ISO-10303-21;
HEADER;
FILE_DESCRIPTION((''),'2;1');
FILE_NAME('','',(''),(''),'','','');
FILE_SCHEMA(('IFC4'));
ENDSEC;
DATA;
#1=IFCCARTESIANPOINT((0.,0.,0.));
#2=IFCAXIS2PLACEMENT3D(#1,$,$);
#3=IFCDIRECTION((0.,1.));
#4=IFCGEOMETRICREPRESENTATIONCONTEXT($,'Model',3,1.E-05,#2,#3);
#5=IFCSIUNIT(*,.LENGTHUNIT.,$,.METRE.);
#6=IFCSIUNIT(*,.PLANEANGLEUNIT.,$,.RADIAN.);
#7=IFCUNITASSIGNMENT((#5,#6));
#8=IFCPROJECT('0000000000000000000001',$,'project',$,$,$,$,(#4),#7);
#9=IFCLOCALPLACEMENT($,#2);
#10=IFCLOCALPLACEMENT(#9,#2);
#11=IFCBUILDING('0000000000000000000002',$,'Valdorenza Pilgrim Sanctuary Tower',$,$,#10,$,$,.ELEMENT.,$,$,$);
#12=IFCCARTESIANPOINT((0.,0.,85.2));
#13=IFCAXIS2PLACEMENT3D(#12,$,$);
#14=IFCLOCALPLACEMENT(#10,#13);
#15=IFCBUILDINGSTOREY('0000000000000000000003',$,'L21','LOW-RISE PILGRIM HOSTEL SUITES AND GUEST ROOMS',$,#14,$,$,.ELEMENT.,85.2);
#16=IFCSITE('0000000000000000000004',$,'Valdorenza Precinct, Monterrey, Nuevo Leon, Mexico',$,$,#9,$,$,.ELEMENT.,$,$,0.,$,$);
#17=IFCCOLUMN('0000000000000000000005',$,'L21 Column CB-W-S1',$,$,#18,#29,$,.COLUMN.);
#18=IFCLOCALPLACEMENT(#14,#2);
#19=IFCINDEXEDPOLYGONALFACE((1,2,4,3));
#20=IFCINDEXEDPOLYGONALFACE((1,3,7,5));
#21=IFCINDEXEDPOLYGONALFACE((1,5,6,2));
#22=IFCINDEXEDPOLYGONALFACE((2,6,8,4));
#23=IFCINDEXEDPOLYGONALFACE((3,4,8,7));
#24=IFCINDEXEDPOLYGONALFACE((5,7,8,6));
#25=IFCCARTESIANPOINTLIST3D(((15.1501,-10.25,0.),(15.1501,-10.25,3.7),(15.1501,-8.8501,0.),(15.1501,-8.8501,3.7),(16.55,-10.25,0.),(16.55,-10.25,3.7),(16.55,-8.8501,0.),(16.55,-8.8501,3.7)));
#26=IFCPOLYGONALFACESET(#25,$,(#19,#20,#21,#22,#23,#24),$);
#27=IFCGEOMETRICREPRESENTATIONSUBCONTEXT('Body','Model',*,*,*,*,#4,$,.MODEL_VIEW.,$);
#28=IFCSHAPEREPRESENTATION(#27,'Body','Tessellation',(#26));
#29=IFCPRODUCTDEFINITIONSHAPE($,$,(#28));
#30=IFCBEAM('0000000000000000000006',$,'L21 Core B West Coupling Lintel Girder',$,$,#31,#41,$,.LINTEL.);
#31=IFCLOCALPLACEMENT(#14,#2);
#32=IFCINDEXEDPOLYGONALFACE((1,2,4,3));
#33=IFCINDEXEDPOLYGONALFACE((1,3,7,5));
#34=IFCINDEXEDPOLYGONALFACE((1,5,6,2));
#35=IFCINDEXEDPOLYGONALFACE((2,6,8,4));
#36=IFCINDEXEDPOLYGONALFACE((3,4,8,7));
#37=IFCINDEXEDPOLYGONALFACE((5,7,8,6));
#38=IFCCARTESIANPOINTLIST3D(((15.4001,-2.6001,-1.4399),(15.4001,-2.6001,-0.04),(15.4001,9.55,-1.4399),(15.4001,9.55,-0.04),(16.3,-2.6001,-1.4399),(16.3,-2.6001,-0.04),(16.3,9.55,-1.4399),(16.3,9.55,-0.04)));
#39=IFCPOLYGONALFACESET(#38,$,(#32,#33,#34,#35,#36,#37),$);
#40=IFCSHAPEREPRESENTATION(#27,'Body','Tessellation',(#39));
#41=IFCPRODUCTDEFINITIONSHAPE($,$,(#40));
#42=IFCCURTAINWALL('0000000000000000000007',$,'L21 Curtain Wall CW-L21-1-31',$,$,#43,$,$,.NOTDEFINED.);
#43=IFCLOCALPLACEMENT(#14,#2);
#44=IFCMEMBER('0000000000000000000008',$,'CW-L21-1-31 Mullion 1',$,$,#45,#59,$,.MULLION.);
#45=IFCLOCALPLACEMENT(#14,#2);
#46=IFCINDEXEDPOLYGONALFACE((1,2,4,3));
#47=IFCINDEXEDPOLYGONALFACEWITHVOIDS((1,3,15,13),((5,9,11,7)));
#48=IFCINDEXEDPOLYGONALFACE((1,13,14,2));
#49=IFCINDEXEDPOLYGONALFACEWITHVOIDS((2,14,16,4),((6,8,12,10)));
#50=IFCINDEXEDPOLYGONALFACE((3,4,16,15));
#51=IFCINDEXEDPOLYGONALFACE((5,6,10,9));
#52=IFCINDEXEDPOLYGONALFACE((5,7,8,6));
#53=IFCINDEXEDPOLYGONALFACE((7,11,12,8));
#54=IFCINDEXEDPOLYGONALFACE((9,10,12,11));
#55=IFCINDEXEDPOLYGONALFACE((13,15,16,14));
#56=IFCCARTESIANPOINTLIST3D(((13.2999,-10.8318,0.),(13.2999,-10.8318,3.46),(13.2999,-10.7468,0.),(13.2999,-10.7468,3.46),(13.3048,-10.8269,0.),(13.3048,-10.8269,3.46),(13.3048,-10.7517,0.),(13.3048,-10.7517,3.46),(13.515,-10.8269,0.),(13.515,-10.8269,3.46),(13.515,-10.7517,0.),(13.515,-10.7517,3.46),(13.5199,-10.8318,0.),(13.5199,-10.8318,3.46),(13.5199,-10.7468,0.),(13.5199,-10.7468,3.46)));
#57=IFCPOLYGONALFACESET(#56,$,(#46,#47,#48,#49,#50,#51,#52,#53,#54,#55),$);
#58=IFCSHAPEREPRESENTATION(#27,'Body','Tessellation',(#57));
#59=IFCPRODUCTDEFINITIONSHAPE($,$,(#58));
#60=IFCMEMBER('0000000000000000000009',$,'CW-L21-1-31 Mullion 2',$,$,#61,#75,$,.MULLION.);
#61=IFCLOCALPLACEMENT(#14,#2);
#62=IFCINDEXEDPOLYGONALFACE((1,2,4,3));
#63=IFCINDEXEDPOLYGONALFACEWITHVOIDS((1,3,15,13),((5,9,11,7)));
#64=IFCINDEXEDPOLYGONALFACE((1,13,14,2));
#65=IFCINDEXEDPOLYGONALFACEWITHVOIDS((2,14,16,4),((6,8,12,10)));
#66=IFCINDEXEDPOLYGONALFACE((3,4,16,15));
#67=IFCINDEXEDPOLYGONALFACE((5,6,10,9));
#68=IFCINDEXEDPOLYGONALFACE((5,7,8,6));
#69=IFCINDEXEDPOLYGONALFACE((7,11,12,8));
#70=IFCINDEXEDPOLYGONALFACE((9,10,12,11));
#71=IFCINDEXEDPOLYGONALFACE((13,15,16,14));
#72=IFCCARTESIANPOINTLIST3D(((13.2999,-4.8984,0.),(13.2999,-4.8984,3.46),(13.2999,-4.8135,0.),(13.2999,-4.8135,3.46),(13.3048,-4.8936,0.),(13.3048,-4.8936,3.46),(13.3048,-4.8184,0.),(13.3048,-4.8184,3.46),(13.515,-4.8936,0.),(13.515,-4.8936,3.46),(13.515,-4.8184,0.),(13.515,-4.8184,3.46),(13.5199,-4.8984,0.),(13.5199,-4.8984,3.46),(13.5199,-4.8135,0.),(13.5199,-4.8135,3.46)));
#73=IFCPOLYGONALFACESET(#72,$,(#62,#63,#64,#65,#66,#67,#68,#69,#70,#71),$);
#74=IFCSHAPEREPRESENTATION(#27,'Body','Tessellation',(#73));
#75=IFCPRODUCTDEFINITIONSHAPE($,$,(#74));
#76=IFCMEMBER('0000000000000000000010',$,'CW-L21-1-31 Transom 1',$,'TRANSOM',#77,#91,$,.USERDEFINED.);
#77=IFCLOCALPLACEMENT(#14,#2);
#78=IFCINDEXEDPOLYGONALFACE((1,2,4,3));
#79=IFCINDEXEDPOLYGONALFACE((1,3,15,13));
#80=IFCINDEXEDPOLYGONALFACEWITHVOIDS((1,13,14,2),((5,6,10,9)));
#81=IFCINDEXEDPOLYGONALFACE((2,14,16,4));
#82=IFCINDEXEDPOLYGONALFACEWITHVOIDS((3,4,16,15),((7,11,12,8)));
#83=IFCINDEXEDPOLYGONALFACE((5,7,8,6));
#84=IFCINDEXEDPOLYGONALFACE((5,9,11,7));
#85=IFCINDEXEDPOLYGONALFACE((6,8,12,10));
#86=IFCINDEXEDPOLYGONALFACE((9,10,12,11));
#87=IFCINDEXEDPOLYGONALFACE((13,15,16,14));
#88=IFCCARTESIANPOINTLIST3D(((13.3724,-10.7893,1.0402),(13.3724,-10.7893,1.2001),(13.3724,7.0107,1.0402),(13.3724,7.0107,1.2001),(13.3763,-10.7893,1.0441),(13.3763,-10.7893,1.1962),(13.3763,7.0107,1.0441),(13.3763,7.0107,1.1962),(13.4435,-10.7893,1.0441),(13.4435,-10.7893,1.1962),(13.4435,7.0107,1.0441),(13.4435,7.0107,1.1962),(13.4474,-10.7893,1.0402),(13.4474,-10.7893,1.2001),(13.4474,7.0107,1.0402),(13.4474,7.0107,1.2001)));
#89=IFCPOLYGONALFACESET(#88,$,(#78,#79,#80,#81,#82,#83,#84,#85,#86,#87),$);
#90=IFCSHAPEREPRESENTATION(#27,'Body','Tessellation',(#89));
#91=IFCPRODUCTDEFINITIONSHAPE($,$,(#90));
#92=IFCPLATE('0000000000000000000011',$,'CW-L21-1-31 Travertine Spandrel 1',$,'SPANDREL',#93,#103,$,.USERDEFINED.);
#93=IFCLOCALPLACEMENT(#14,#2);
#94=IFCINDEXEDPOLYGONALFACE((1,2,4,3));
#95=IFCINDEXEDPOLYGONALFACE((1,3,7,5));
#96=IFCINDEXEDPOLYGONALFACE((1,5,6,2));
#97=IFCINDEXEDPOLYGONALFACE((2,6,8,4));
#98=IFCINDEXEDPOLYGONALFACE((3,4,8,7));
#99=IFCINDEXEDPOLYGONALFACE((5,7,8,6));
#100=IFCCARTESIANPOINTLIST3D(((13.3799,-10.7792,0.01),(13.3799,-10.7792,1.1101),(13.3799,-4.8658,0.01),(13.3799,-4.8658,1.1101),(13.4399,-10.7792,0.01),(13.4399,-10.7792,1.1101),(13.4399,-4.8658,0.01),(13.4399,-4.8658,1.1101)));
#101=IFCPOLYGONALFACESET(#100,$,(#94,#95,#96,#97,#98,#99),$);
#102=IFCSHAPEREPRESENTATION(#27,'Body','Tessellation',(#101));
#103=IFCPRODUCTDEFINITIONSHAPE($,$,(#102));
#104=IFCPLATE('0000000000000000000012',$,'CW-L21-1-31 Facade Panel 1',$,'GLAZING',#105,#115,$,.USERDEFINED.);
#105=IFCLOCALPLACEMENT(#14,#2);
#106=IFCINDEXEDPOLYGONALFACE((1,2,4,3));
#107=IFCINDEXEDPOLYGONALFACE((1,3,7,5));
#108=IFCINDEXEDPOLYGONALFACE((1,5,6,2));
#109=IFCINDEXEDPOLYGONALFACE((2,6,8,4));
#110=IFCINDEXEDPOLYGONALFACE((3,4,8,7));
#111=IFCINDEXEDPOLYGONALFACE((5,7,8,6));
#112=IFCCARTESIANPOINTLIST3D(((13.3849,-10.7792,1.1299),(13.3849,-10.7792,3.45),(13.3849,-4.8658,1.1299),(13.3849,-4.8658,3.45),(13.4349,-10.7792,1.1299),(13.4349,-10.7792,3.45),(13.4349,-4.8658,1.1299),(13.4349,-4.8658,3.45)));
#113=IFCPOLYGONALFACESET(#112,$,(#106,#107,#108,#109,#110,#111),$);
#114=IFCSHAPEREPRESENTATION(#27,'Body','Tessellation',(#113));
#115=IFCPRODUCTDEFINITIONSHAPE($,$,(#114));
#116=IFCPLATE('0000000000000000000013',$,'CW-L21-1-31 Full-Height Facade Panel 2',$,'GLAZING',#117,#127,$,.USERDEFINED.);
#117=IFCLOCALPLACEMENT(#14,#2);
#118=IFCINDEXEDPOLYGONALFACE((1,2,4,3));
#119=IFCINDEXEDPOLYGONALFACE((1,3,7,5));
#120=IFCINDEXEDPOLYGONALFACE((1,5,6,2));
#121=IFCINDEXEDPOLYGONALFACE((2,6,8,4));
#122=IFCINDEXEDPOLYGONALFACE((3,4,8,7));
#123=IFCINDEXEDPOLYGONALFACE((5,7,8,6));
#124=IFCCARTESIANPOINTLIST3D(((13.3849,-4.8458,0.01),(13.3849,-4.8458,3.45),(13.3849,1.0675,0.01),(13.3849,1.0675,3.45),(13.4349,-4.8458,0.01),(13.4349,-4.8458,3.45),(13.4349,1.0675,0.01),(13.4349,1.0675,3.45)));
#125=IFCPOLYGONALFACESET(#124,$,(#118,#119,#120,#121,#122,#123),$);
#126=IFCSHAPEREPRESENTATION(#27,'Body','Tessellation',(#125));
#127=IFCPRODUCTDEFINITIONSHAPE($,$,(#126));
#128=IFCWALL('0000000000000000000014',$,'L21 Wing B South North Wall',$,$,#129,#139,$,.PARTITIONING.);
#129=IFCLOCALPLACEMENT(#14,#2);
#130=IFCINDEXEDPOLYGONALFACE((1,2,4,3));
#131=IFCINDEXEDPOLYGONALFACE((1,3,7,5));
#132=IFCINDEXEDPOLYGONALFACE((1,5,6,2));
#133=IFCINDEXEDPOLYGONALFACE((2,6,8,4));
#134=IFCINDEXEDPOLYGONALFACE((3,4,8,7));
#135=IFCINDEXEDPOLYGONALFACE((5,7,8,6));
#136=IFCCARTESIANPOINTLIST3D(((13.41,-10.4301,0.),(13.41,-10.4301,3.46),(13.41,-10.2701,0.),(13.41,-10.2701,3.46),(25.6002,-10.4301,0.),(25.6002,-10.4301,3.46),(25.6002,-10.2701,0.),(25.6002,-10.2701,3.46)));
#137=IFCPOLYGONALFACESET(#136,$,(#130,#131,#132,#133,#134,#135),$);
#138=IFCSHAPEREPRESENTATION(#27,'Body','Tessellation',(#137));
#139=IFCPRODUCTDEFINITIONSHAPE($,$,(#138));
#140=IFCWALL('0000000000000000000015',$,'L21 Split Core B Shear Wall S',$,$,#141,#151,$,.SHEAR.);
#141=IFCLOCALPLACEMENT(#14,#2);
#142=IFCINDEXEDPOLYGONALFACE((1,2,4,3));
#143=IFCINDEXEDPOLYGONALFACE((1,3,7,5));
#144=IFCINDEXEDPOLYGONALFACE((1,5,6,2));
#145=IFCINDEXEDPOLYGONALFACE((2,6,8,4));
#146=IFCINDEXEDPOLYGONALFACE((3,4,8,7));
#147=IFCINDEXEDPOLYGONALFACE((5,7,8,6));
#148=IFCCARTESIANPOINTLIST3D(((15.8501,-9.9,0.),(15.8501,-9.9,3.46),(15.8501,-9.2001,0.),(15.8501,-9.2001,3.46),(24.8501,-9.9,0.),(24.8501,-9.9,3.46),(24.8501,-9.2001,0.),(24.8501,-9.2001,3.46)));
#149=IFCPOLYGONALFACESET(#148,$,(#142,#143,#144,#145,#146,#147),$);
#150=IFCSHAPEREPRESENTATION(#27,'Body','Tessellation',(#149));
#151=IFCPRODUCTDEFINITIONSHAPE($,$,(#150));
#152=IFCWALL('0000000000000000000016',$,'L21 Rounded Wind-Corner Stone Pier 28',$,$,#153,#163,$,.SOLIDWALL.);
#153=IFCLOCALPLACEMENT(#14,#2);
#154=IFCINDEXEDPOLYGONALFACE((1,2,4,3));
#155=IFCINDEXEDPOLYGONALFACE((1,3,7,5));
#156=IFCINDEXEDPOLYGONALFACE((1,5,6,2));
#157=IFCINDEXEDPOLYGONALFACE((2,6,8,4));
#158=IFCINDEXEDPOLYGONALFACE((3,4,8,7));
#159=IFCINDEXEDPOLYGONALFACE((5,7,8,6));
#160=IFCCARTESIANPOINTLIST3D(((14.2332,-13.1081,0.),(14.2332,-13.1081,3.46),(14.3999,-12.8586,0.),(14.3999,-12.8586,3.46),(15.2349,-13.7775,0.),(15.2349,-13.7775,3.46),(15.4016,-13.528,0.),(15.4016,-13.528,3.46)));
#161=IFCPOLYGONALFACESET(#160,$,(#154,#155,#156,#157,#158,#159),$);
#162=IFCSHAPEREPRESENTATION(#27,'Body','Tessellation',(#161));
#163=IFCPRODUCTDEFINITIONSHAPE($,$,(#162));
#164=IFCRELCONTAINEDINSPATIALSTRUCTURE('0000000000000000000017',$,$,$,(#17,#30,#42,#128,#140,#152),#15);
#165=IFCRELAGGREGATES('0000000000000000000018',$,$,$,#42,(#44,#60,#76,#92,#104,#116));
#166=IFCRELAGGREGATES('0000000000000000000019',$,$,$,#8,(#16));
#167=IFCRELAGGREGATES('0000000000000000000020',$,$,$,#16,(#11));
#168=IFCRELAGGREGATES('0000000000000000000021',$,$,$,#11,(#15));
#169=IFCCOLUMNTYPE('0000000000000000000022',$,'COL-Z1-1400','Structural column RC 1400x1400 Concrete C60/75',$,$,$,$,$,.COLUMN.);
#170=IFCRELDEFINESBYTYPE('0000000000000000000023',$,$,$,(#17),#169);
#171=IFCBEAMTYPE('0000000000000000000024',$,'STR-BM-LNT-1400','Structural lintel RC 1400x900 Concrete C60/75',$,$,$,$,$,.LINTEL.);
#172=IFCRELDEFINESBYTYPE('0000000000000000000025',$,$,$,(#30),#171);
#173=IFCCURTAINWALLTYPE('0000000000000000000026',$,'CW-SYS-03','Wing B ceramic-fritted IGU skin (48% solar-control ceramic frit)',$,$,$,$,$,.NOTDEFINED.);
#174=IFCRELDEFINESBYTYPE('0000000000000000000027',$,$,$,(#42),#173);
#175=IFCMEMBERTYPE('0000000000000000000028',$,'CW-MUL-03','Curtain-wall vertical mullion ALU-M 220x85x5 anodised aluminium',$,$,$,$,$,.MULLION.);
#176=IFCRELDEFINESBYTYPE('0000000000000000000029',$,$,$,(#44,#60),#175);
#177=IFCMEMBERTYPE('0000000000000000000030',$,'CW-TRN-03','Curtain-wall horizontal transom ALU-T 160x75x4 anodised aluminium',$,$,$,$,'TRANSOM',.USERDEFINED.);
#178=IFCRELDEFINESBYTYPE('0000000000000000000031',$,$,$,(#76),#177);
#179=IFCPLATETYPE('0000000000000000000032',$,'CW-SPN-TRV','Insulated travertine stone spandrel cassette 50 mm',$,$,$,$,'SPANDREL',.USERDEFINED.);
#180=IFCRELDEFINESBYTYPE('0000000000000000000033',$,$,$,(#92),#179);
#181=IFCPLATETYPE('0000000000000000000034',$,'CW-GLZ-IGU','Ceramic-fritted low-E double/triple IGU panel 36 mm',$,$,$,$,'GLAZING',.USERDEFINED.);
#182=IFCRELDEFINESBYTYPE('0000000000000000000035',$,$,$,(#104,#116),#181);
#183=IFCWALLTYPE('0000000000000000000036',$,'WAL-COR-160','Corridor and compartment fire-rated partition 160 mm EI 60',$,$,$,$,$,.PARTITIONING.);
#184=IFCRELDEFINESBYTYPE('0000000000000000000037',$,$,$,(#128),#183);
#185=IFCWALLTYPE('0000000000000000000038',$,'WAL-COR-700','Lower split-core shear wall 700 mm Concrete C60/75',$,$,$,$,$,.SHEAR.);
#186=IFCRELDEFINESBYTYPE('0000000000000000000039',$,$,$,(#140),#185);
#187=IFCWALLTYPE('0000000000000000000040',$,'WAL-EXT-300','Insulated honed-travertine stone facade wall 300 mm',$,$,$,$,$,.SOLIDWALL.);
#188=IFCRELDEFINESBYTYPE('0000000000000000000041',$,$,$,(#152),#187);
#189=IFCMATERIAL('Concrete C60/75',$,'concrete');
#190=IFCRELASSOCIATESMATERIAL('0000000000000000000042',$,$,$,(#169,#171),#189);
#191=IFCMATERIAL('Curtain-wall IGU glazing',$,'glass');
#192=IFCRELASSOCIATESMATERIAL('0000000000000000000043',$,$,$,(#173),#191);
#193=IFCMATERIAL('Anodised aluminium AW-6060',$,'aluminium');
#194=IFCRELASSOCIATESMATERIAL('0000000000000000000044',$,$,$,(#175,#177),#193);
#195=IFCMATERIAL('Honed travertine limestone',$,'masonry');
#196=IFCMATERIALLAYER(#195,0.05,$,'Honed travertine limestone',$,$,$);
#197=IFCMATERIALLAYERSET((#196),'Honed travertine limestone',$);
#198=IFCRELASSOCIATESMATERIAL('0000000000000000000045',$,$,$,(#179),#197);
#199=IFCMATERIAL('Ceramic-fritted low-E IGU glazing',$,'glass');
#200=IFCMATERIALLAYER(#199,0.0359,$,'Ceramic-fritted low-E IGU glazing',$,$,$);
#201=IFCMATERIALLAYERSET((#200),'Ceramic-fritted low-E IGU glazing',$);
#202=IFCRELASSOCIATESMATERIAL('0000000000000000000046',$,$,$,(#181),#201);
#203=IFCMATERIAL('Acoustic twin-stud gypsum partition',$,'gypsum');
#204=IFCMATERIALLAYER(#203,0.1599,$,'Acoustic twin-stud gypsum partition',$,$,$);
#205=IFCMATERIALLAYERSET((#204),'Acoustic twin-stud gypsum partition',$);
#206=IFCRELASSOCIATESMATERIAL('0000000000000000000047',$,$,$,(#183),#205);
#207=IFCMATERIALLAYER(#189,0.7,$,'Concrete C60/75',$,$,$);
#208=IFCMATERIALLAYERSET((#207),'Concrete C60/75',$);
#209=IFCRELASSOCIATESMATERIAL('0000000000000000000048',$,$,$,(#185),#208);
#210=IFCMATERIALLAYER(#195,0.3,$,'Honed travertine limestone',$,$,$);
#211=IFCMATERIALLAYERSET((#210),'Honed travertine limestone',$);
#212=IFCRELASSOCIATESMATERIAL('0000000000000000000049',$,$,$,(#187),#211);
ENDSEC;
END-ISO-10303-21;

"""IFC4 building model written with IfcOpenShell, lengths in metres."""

from ifc_helpers import new_model, si_unit, direction, frame, frame_2d, origin, origin_2d, place, context, subcontext, project, spatial, rectangle, hollow_rectangle, extrude, source, transform, mapped, material, layer, layer_set, material_profile, profile_set, type_object, element, aggregate, save


model = new_model("IFC4")

# Units and contexts
model_context = context("Model", 3, precision=1e-05, world=origin(), true_north=direction((0.0, 1.0)))
body_context = subcontext(model_context, "Body", "Model", "MODEL_VIEW")
ifc_project = project(units=[si_unit("LENGTHUNIT", "METRE"), si_unit("PLANEANGLEUNIT", "RADIAN")], contexts=[model_context])

# Site, building, storey
site_placement = place(None, origin())
site = spatial("IfcSite", under=ifc_project, at=site_placement, Name="Valdorenza Precinct, Monterrey, Nuevo Leon, Mexico", CompositionType="ELEMENT", RefElevation=0.0)
building_placement = place(site_placement, origin())
building = spatial("IfcBuilding", under=site, at=building_placement, Name="Valdorenza Pilgrim Sanctuary Tower", CompositionType="ELEMENT")
storey_placement = place(building_placement, frame((0.0, 0.0, 85.2)))
storey = spatial("IfcBuildingStorey", under=building, at=storey_placement, Name="L21", Description="LOW-RISE PILGRIM HOSTEL SUITES AND GUEST ROOMS", CompositionType="ELEMENT", Elevation=85.2)

# Column
ifc_material_1 = material(Name="Concrete C60/75", Category="concrete")
ifc_material_profile_1 = material_profile(ifc_material_1, rectangle(XDim=1.3999, YDim=1.3999, at=origin_2d()), Name="RC 1400x1400")
ifc_profile_set_1 = profile_set([ifc_material_profile_1], Name="Concrete C60/75")
column_type = type_object("IfcColumnType", Name="COL-Z1-1400", Description="Structural column RC 1400x1400 Concrete C60/75", PredefinedType="COLUMN", material=ifc_profile_set_1)
shared_shape_1 = source(origin(), body_context, "Body", "SweptSolid", [
    extrude(rectangle(XDim=1.3999, YDim=1.3999, at=origin_2d()), origin(), (0.0, 0.0, 1.0), 3.7),
])
column_placement = place(storey_placement, frame((15.8501, -9.55, 0.0), z_axis=(0.0, 0.0, 1.0), x_axis=(1.0, 0.0, 0.0)))
element("IfcColumn", 1, at=column_placement, inside=storey, type_object=column_type, Name="L21 Column CB-W-S1", PredefinedType="COLUMN", context=body_context, shape_type="MappedRepresentation", body=[
    mapped(shared_shape_1, transform((0.0, 0.0, 0.0), x_axis=(1.0, 0.0, 0.0), y_axis=(0.0, 1.0, 0.0), z_axis=(0.0, 0.0, 1.0), scale=1.0)),
])

# Beam
ifc_material_profile_2 = material_profile(ifc_material_1, rectangle(XDim=0.8999, YDim=1.3999, at=origin_2d()), Name="RC 1400x900")
ifc_profile_set_2 = profile_set([ifc_material_profile_2], Name="Concrete C60/75")
beam_type = type_object("IfcBeamType", Name="STR-BM-LNT-1400", Description="Structural lintel RC 1400x900 Concrete C60/75", PredefinedType="LINTEL", material=ifc_profile_set_2)
shared_shape_2 = source(origin(), body_context, "Body", "SweptSolid", [
    extrude(rectangle(XDim=0.8999, YDim=1.3999, at=origin_2d()), origin(), (0.0, 0.0, 1.0), 12.1501),
])
beam_placement = place(storey_placement, frame((15.8501, -2.6001, -0.74), z_axis=(0.0, 1.0, 0.0), x_axis=(-1.0, 0.0, 0.0)))
element("IfcBeam", 2, at=beam_placement, inside=storey, type_object=beam_type, Name="L21 Core B West Coupling Lintel Girder", PredefinedType="LINTEL", context=body_context, shape_type="MappedRepresentation", body=[
    mapped(shared_shape_2, transform((0.0, 0.0, 0.0), x_axis=(1.0, 0.0, 0.0), y_axis=(0.0, 1.0, 0.0), z_axis=(0.0, 0.0, 1.0), scale=1.0)),
])

# Curtain wall, members, plates
ifc_material_2 = material(Name="Curtain-wall IGU glazing", Category="glass")
curtain_wall_type = type_object("IfcCurtainWallType", Name="CW-SYS-03", Description="Wing B ceramic-fritted IGU skin (48% solar-control ceramic frit)", PredefinedType="NOTDEFINED", material=ifc_material_2)
curtain_wall_placement = place(storey_placement, origin())
curtain_wall = element("IfcCurtainWall", 3, at=curtain_wall_placement, inside=storey, type_object=curtain_wall_type, Name="L21 Curtain Wall CW-L21-1-31", PredefinedType="NOTDEFINED")
ifc_material_3 = material(Name="Anodised aluminium AW-6060", Category="aluminium")
ifc_material_profile_3 = material_profile(ifc_material_3, hollow_rectangle(XDim=0.085, YDim=0.22, WallThickness=0.0049, at=origin_2d()), Name="ALU-M 220x85x5")
ifc_profile_set_3 = profile_set([ifc_material_profile_3], Name="Anodised aluminium AW-6060")
member_type_1 = type_object("IfcMemberType", Name="CW-MUL-03", Description="Curtain-wall vertical mullion ALU-M 220x85x5 anodised aluminium", PredefinedType="MULLION", material=ifc_profile_set_3)
shared_shape_3 = source(origin(), body_context, "Body", "SweptSolid", [
    extrude(hollow_rectangle(XDim=0.085, YDim=0.22, WallThickness=0.0049, at=origin_2d()), origin(), (0.0, 0.0, 1.0), 3.46),
])
member_1_placement = place(storey_placement, frame((13.4099, -10.7893, 0.0), z_axis=(0.0, 0.0, 1.0), x_axis=(0.0, 1.0, 0.0)))
member_1 = element("IfcMember", 4, at=member_1_placement, type_object=member_type_1, Name="CW-L21-1-31 Mullion 1", PredefinedType="MULLION", context=body_context, shape_type="MappedRepresentation", body=[
    mapped(shared_shape_3, transform((0.0, 0.0, 0.0), x_axis=(1.0, 0.0, 0.0), y_axis=(0.0, 1.0, 0.0), z_axis=(0.0, 0.0, 1.0), scale=1.0)),
])
member_2_placement = place(storey_placement, frame((13.4099, -4.856, 0.0), z_axis=(0.0, 0.0, 1.0), x_axis=(0.0, 1.0, 0.0)))
member_2 = element("IfcMember", 5, at=member_2_placement, type_object=member_type_1, Name="CW-L21-1-31 Mullion 2", PredefinedType="MULLION", context=body_context, shape_type="MappedRepresentation", body=[
    mapped(shared_shape_3, transform((0.0, 0.0, 0.0), x_axis=(1.0, 0.0, 0.0), y_axis=(0.0, 1.0, 0.0), z_axis=(0.0, 0.0, 1.0), scale=1.0)),
])
ifc_material_profile_4 = material_profile(ifc_material_3, hollow_rectangle(XDim=0.075, YDim=0.1599, WallThickness=0.0039, at=origin_2d()), Name="ALU-T 160x75x4")
ifc_profile_set_4 = profile_set([ifc_material_profile_4], Name="Anodised aluminium AW-6060")
member_type_2 = type_object("IfcMemberType", Name="CW-TRN-03", Description="Curtain-wall horizontal transom ALU-T 160x75x4 anodised aluminium", ElementType="TRANSOM", PredefinedType="USERDEFINED", material=ifc_profile_set_4)
shared_shape_4 = source(origin(), body_context, "Body", "SweptSolid", [
    extrude(hollow_rectangle(XDim=0.075, YDim=0.1599, WallThickness=0.0039, at=origin_2d()), origin(), (0.0, 0.0, 1.0), 17.8),
])
member_3_placement = place(storey_placement, frame((13.4099, -10.7893, 1.1201), z_axis=(0.0, 1.0, 0.0), x_axis=(-1.0, 0.0, 0.0)))
member_3 = element("IfcMember", 6, at=member_3_placement, type_object=member_type_2, Name="CW-L21-1-31 Transom 1", ObjectType="TRANSOM", PredefinedType="USERDEFINED", context=body_context, shape_type="MappedRepresentation", body=[
    mapped(shared_shape_4, transform((0.0, 0.0, 0.0), x_axis=(1.0, 0.0, 0.0), y_axis=(0.0, 1.0, 0.0), z_axis=(0.0, 0.0, 1.0), scale=1.0)),
])
ifc_material_4 = material(Name="Honed travertine limestone", Category="masonry")
ifc_layer_1 = layer(ifc_material_4, 0.05, Name="Honed travertine limestone")
ifc_layer_set_1 = layer_set([ifc_layer_1], Name="Honed travertine limestone")
plate_type_1 = type_object("IfcPlateType", Name="CW-SPN-TRV", Description="Insulated travertine stone spandrel cassette 50 mm", ElementType="SPANDREL", PredefinedType="USERDEFINED", material=ifc_layer_set_1)
shared_shape_5 = source(origin(), body_context, "Body", "SweptSolid", [
    extrude(rectangle(XDim=5.9133, YDim=0.0601, at=origin_2d()), origin(), (0.0, 0.0, 1.0), 1.1001),
])
plate_1_placement = place(storey_placement, frame((13.4099, -7.8225, 0.01), z_axis=(0.0, 0.0, 1.0), x_axis=(0.0, 1.0, 0.0)))
plate_1 = element("IfcPlate", 7, at=plate_1_placement, type_object=plate_type_1, Name="CW-L21-1-31 Travertine Spandrel 1", ObjectType="SPANDREL", PredefinedType="USERDEFINED", context=body_context, shape_type="MappedRepresentation", body=[
    mapped(shared_shape_5, transform((0.0, 0.0, 0.0), x_axis=(1.0, 0.0, 0.0), y_axis=(0.0, 1.0, 0.0), z_axis=(0.0, 0.0, 1.0), scale=1.0)),
])
ifc_material_5 = material(Name="Ceramic-fritted low-E IGU glazing", Category="glass")
ifc_layer_2 = layer(ifc_material_5, 0.0359, Name="Ceramic-fritted low-E IGU glazing")
ifc_layer_set_2 = layer_set([ifc_layer_2], Name="Ceramic-fritted low-E IGU glazing")
plate_type_2 = type_object("IfcPlateType", Name="CW-GLZ-IGU", Description="Ceramic-fritted low-E double/triple IGU panel 36 mm", ElementType="GLAZING", PredefinedType="USERDEFINED", material=ifc_layer_set_2)
shared_shape_6 = source(origin(), body_context, "Body", "SweptSolid", [
    extrude(rectangle(XDim=5.9133, YDim=0.05, at=origin_2d()), origin(), (0.0, 0.0, 1.0), 2.3201),
])
plate_2_placement = place(storey_placement, frame((13.4099, -7.8225, 1.1299), z_axis=(0.0, 0.0, 1.0), x_axis=(0.0, 1.0, 0.0)))
plate_2 = element("IfcPlate", 8, at=plate_2_placement, type_object=plate_type_2, Name="CW-L21-1-31 Facade Panel 1", ObjectType="GLAZING", PredefinedType="USERDEFINED", context=body_context, shape_type="MappedRepresentation", body=[
    mapped(shared_shape_6, transform((0.0, 0.0, 0.0), x_axis=(1.0, 0.0, 0.0), y_axis=(0.0, 1.0, 0.0), z_axis=(0.0, 0.0, 1.0), scale=1.0)),
])
shared_shape_7 = source(origin(), body_context, "Body", "SweptSolid", [
    extrude(rectangle(XDim=5.9133, YDim=0.05, at=origin_2d()), origin(), (0.0, 0.0, 1.0), 3.4399),
])
plate_3_placement = place(storey_placement, frame((13.4099, -1.8892, 0.01), z_axis=(0.0, 0.0, 1.0), x_axis=(0.0, 1.0, 0.0)))
plate_3 = element("IfcPlate", 9, at=plate_3_placement, type_object=plate_type_2, Name="CW-L21-1-31 Full-Height Facade Panel 2", ObjectType="GLAZING", PredefinedType="USERDEFINED", context=body_context, shape_type="MappedRepresentation", body=[
    mapped(shared_shape_7, transform((0.0, 0.0, 0.0), x_axis=(1.0, 0.0, 0.0), y_axis=(0.0, 1.0, 0.0), z_axis=(0.0, 0.0, 1.0), scale=1.0)),
])
aggregate(curtain_wall, [member_1, member_2, member_3, plate_1, plate_2, plate_3])

# Walls
ifc_material_6 = material(Name="Acoustic twin-stud gypsum partition", Category="gypsum")
ifc_layer_3 = layer(ifc_material_6, 0.1599, Name="Acoustic twin-stud gypsum partition")
ifc_layer_set_3 = layer_set([ifc_layer_3], Name="Acoustic twin-stud gypsum partition")
wall_type_1 = type_object("IfcWallType", Name="WAL-COR-160", Description="Corridor and compartment fire-rated partition 160 mm EI 60", PredefinedType="PARTITIONING", material=ifc_layer_set_3)
wall_1_placement = place(storey_placement, frame((13.4099, -10.3501, 0.0), z_axis=(0.0, 0.0, 1.0), x_axis=(1.0, 0.0, 0.0)))
element("IfcWall", 10, at=wall_1_placement, inside=storey, type_object=wall_type_1, Name="L21 Wing B South North Wall", PredefinedType="PARTITIONING", context=body_context, shape_type="SweptSolid", body=[
    extrude(rectangle(XDim=12.1902, YDim=0.1599, at=frame_2d((6.0952, 0.0))), origin(), (0.0, 0.0, 1.0), 3.46),
])
ifc_layer_4 = layer(ifc_material_1, 0.7, Name="Concrete C60/75")
ifc_layer_set_4 = layer_set([ifc_layer_4], Name="Concrete C60/75")
wall_type_2 = type_object("IfcWallType", Name="WAL-COR-700", Description="Lower split-core shear wall 700 mm Concrete C60/75", PredefinedType="SHEAR", material=ifc_layer_set_4)
wall_2_placement = place(storey_placement, frame((15.8501, -9.55, 0.0), z_axis=(0.0, 0.0, 1.0), x_axis=(1.0, 0.0, 0.0)))
element("IfcWall", 11, at=wall_2_placement, inside=storey, type_object=wall_type_2, Name="L21 Split Core B Shear Wall S", PredefinedType="SHEAR", context=body_context, shape_type="SweptSolid", body=[
    extrude(rectangle(XDim=9.0, YDim=0.7, at=frame_2d((4.5, 0.0))), origin(), (0.0, 0.0, 1.0), 3.46),
])
ifc_layer_5 = layer(ifc_material_4, 0.3, Name="Honed travertine limestone")
ifc_layer_set_5 = layer_set([ifc_layer_5], Name="Honed travertine limestone")
wall_type_3 = type_object("IfcWallType", Name="WAL-EXT-300", Description="Insulated honed-travertine stone facade wall 300 mm", PredefinedType="SOLIDWALL", material=ifc_layer_set_5)
for number, where, z_axis, x_axis, name in (
    (12, (15.3184, -13.6528, 0.0), (0.0, 0.0, 1.0), (-0.831426, 0.555635, 0.0), "L21 Rounded Wind-Corner Stone Pier 28"),
):
    element("IfcWall", number, at=place(storey_placement, frame(where, z_axis=z_axis, x_axis=x_axis)), inside=storey, type_object=wall_type_3, Name=name, PredefinedType="SOLIDWALL", context=body_context, shape_type="SweptSolid", body=[
        extrude(rectangle(XDim=1.2048, YDim=0.3, at=frame_2d((0.6025, 0.0))), origin(), (0.0, 0.0, 1.0), 3.46),
    ])

save(model, "model.ifc")
